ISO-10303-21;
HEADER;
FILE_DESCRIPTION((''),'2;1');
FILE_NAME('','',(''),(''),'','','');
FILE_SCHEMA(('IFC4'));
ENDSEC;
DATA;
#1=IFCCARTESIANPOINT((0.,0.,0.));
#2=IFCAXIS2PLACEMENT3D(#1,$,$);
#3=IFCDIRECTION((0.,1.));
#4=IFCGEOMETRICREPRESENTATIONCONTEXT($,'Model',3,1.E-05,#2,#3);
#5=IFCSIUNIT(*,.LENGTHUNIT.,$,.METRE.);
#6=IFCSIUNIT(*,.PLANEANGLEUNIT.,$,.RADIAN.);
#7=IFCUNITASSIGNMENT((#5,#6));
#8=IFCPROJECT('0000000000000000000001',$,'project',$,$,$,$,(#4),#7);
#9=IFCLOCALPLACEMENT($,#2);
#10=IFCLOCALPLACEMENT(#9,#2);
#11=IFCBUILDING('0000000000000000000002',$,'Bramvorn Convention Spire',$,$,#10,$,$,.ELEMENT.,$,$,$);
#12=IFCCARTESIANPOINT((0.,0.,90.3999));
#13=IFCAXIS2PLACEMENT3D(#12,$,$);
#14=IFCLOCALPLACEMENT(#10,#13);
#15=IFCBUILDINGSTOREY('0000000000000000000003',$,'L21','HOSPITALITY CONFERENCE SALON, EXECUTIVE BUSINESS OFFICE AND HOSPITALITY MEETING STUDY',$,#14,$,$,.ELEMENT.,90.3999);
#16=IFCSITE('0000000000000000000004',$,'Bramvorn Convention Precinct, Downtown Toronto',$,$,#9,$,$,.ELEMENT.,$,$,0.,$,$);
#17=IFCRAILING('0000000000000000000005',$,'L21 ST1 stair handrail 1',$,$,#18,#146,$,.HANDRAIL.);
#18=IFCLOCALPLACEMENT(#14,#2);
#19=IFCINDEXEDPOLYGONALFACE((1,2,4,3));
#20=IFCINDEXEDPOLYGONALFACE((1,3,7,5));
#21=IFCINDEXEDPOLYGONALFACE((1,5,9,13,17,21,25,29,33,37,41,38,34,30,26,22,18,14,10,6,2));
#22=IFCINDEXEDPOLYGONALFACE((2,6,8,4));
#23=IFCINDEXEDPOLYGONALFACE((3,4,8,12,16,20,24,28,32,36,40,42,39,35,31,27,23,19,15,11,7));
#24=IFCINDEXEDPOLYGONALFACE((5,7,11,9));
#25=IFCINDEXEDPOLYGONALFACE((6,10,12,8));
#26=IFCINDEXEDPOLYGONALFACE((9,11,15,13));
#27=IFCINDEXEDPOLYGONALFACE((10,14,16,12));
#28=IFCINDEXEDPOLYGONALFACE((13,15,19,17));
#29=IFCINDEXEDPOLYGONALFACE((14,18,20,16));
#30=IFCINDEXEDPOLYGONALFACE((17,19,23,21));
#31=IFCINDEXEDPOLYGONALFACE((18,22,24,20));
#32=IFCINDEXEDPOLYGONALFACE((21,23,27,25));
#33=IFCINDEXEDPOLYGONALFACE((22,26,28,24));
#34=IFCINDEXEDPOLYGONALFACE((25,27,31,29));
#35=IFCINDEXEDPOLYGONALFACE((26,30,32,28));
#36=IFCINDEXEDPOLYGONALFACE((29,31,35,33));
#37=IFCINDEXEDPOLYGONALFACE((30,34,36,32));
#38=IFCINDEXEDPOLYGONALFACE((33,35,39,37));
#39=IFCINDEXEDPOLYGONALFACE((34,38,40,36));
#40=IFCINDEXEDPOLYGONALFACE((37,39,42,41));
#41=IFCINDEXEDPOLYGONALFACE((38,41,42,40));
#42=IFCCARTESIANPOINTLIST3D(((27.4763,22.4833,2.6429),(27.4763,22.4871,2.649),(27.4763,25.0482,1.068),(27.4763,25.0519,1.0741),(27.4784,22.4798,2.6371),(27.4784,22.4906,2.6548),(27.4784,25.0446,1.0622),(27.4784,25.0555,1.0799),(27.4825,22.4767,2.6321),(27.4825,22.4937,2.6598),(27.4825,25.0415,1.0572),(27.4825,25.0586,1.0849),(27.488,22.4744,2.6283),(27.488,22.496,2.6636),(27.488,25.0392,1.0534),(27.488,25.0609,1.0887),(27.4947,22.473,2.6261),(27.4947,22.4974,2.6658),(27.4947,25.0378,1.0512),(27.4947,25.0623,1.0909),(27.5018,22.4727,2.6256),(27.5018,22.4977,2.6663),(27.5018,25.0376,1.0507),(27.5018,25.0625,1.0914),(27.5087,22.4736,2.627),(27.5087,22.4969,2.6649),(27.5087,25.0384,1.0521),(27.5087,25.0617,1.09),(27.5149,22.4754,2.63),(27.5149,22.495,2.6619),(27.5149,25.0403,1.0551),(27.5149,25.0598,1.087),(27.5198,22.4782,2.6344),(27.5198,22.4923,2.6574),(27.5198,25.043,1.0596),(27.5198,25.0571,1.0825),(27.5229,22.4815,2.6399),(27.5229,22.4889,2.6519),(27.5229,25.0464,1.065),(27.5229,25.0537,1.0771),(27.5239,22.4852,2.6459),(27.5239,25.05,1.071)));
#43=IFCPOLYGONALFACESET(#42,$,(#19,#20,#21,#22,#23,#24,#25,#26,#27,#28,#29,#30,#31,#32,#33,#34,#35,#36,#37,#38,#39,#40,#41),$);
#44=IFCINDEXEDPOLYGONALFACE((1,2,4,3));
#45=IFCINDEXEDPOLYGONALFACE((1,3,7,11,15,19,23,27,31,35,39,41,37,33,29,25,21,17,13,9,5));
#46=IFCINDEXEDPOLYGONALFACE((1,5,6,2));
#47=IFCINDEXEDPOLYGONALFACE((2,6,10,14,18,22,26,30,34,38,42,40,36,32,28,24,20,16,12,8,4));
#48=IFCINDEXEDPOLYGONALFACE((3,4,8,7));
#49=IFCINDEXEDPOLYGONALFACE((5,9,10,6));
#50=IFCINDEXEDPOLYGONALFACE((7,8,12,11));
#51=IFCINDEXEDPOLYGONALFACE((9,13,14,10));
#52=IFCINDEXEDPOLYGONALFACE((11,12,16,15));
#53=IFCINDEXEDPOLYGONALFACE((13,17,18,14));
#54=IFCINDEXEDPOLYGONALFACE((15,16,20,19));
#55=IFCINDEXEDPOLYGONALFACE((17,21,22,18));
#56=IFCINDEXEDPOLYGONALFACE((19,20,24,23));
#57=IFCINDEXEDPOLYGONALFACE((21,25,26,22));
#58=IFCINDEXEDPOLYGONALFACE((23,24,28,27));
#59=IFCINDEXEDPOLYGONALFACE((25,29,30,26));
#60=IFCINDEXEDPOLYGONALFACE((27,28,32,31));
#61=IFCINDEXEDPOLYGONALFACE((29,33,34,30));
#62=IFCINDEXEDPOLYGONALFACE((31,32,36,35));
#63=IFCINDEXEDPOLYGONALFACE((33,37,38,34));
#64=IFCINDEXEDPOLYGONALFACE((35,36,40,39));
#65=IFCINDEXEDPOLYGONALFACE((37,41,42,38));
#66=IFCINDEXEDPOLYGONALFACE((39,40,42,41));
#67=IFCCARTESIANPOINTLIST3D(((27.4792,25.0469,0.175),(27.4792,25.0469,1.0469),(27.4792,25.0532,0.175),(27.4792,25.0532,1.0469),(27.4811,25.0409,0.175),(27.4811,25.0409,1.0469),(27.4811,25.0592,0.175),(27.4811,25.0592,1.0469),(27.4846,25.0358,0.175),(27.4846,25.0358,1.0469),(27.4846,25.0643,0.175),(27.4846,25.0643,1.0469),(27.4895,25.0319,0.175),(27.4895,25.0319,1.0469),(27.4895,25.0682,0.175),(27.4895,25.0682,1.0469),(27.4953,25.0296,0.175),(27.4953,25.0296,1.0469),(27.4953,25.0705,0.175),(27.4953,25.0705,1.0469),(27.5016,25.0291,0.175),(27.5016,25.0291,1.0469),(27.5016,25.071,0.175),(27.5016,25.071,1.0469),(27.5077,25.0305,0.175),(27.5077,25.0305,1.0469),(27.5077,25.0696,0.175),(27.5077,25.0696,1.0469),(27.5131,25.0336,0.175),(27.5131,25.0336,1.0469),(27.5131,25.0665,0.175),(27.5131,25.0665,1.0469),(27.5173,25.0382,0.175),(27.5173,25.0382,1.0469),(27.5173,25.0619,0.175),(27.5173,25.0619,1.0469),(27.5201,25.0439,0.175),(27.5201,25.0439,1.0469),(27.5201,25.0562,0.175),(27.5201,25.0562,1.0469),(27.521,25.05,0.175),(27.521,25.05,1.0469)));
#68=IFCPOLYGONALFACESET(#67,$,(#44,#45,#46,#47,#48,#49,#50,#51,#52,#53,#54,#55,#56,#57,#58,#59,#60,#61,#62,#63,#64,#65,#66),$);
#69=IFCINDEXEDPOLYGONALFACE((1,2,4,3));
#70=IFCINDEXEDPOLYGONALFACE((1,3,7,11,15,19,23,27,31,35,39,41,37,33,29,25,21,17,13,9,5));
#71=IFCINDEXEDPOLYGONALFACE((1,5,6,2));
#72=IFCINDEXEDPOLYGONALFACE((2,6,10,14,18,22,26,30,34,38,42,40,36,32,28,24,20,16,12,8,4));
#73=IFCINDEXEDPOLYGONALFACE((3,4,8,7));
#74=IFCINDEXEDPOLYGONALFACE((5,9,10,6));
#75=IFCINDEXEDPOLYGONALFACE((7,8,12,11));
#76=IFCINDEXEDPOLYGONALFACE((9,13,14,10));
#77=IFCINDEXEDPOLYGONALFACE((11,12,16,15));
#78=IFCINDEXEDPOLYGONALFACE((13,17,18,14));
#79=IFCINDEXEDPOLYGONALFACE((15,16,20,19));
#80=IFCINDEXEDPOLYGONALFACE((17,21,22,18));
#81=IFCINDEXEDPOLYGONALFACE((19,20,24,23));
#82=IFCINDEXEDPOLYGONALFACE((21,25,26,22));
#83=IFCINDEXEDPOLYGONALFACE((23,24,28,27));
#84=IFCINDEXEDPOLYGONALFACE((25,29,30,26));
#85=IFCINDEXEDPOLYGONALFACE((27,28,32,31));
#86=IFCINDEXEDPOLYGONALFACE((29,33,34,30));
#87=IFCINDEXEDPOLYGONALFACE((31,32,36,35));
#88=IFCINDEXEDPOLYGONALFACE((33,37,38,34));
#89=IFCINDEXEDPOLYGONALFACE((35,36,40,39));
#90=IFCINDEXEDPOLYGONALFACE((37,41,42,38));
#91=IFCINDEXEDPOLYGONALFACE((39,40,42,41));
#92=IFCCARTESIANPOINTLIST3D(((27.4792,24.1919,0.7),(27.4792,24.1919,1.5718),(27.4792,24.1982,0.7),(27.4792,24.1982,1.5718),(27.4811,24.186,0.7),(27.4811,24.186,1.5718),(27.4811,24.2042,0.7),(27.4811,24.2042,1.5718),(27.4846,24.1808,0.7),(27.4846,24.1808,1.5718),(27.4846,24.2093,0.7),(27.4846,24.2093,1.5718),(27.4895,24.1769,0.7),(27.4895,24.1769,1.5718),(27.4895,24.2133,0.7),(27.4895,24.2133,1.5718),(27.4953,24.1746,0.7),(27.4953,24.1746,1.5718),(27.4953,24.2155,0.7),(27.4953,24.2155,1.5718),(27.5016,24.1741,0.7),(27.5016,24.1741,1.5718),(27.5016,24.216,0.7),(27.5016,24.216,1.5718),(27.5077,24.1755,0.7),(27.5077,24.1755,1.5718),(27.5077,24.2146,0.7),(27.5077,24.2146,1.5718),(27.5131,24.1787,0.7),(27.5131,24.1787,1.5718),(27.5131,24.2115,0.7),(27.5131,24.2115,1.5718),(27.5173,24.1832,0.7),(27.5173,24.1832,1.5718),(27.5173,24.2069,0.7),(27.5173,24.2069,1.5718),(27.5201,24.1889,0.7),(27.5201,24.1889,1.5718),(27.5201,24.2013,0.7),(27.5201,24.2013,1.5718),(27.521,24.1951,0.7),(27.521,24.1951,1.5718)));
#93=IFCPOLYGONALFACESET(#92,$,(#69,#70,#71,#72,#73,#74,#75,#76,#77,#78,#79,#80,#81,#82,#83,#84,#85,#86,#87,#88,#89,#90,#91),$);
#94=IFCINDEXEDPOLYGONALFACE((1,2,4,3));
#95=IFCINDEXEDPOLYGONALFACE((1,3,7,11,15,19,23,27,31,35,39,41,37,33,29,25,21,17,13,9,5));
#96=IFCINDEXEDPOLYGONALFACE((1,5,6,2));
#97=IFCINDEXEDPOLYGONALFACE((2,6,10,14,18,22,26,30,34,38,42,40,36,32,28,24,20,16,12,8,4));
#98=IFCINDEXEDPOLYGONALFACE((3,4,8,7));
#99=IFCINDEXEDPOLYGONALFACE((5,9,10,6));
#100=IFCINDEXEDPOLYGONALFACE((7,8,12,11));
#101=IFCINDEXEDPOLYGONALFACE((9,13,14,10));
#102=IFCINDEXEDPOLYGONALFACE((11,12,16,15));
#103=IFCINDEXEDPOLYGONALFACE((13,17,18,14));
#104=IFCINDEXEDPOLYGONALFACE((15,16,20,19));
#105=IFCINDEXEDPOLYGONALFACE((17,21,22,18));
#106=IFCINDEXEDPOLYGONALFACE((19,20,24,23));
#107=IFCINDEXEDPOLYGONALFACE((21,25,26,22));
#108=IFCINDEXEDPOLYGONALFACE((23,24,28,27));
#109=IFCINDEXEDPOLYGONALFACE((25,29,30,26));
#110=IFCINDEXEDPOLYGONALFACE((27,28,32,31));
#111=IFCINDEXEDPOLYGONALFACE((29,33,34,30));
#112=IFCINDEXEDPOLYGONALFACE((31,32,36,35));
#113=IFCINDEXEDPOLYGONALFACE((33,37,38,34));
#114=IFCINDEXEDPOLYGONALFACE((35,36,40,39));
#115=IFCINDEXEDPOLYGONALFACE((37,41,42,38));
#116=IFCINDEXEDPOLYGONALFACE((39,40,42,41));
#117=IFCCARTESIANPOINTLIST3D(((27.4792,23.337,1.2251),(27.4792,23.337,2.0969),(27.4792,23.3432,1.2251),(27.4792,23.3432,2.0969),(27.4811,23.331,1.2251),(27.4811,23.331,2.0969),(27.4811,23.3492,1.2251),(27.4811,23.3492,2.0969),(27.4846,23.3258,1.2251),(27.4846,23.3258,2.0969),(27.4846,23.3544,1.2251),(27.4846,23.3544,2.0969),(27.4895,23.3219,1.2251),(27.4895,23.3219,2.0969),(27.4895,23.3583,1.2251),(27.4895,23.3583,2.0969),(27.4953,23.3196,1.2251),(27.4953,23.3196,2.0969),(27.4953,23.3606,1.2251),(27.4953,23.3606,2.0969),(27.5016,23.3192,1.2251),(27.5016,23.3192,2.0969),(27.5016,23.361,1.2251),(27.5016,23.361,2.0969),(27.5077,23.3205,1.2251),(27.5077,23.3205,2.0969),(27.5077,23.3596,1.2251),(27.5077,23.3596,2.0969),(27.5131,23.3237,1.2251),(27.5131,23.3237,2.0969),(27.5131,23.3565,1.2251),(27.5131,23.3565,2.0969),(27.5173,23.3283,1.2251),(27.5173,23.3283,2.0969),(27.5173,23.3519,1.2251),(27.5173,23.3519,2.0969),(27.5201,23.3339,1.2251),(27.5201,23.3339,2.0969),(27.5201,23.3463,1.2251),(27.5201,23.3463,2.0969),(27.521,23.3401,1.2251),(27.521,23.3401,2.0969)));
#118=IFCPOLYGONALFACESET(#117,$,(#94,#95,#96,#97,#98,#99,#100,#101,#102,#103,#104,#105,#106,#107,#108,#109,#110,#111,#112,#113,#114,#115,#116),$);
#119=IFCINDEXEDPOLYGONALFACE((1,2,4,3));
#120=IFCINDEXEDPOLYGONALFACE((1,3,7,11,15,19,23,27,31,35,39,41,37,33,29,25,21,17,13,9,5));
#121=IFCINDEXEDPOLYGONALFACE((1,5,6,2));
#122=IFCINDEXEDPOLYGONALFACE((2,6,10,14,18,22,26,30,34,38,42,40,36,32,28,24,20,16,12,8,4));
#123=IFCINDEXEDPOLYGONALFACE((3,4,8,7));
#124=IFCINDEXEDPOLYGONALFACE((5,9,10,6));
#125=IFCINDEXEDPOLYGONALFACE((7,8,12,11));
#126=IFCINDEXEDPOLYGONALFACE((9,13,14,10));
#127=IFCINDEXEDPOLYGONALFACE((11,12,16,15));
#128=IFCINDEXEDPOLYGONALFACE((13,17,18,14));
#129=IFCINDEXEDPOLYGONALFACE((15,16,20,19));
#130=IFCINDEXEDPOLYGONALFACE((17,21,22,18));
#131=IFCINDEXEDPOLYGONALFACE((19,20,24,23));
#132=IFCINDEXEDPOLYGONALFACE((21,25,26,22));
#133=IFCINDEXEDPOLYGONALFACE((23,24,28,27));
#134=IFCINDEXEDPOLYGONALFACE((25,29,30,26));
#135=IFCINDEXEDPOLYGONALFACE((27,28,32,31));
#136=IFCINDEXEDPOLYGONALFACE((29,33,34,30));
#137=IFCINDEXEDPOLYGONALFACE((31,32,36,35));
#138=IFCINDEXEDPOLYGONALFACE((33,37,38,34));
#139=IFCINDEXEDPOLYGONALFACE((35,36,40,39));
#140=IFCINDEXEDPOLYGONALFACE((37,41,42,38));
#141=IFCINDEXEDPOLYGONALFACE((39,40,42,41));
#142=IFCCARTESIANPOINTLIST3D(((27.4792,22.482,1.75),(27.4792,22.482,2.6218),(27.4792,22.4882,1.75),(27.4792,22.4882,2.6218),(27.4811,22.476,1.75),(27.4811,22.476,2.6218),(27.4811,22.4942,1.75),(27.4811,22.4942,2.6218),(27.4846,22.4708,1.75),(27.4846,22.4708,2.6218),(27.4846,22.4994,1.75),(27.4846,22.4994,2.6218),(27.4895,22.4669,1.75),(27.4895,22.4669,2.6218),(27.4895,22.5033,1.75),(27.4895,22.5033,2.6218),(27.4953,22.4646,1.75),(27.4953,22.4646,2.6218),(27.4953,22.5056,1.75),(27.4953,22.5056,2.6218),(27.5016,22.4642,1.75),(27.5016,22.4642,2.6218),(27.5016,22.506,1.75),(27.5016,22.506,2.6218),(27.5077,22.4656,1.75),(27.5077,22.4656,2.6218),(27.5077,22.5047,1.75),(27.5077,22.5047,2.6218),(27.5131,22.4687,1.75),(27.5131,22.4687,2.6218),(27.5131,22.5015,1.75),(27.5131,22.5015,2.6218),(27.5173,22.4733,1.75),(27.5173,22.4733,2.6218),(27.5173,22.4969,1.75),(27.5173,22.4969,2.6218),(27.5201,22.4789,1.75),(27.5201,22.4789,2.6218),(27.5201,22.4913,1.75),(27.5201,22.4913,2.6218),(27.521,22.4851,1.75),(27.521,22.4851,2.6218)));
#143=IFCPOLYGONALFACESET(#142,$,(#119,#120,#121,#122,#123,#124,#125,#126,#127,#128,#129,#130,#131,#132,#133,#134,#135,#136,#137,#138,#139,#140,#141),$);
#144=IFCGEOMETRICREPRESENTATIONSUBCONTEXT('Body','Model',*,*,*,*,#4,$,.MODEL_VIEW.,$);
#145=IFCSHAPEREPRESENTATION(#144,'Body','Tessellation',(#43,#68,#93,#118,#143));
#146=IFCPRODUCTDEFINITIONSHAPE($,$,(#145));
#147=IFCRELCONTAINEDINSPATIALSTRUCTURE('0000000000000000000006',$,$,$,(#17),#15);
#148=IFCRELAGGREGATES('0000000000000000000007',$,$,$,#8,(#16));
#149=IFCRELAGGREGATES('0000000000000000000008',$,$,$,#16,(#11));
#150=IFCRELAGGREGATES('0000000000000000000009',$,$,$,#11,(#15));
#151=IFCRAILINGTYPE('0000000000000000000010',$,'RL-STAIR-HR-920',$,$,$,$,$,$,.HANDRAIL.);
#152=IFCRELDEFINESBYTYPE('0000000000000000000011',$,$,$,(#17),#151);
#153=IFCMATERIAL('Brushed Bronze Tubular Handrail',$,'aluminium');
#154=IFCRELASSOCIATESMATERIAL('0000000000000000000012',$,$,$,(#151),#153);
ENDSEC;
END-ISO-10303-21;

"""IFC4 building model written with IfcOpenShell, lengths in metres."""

from ifc_helpers import new_model, si_unit, direction, frame, origin, origin_2d, place, context, subcontext, project, spatial, circle, extrude, material, type_object, element, save


model = new_model("IFC4")

# Units and contexts
model_context = context("Model", 3, precision=1e-05, world=origin(), true_north=direction((0.0, 1.0)))
body_context = subcontext(model_context, "Body", "Model", "MODEL_VIEW")
ifc_project = project(units=[si_unit("LENGTHUNIT", "METRE"), si_unit("PLANEANGLEUNIT", "RADIAN")], contexts=[model_context])

# Site, building, storey
site_placement = place(None, origin())
site = spatial("IfcSite", under=ifc_project, at=site_placement, Name="Bramvorn Convention Precinct, Downtown Toronto", CompositionType="ELEMENT", RefElevation=0.0)
building_placement = place(site_placement, origin())
building = spatial("IfcBuilding", under=site, at=building_placement, Name="Bramvorn Convention Spire", CompositionType="ELEMENT")
storey_placement = place(building_placement, frame((0.0, 0.0, 90.3999)))
storey = spatial("IfcBuildingStorey", under=building, at=storey_placement, Name="L21", Description="HOSPITALITY CONFERENCE SALON, EXECUTIVE BUSINESS OFFICE AND HOSPITALITY MEETING STUDY", CompositionType="ELEMENT", Elevation=90.3999)

# Railing
ifc_material_1 = material(Name="Brushed Bronze Tubular Handrail", Category="aluminium")
railing_type_1 = type_object("IfcRailingType", Name="RL-STAIR-HR-920", PredefinedType="HANDRAIL", material=ifc_material_1)
for number, where, name in (
    (1, (27.5, 25.05, 0.175), "L21 ST1 stair handrail 1"),
):
    element("IfcRailing", number, at=place(storey_placement, frame(where)), inside=storey, type_object=railing_type_1, Name=name, PredefinedType="HANDRAIL", context=body_context, shape_type="SweptSolid", body=[
        extrude(circle(Radius=0.0239, at=origin_2d()), frame((0.0, 0.0, 0.896), z_axis=(0.0, -0.852173, 0.52326), x_axis=(1.0, 0.0, 0.0)), (0.0, 0.0, 1.0), 3.0098),
        extrude(circle(Radius=0.021, at=origin_2d()), origin(), (0.0, 0.0, 1.0), 0.8718),
        extrude(circle(Radius=0.021, at=origin_2d()), frame((0.0, -0.855, 0.5249)), (0.0, 0.0, 1.0), 0.8718),
        extrude(circle(Radius=0.021, at=origin_2d()), frame((0.0, -1.71, 1.05)), (0.0, 0.0, 1.0), 0.8718),
        extrude(circle(Radius=0.021, at=origin_2d()), frame((0.0, -2.5649, 1.575)), (0.0, 0.0, 1.0), 0.8718),
    ])

save(model, "model.ifc")
